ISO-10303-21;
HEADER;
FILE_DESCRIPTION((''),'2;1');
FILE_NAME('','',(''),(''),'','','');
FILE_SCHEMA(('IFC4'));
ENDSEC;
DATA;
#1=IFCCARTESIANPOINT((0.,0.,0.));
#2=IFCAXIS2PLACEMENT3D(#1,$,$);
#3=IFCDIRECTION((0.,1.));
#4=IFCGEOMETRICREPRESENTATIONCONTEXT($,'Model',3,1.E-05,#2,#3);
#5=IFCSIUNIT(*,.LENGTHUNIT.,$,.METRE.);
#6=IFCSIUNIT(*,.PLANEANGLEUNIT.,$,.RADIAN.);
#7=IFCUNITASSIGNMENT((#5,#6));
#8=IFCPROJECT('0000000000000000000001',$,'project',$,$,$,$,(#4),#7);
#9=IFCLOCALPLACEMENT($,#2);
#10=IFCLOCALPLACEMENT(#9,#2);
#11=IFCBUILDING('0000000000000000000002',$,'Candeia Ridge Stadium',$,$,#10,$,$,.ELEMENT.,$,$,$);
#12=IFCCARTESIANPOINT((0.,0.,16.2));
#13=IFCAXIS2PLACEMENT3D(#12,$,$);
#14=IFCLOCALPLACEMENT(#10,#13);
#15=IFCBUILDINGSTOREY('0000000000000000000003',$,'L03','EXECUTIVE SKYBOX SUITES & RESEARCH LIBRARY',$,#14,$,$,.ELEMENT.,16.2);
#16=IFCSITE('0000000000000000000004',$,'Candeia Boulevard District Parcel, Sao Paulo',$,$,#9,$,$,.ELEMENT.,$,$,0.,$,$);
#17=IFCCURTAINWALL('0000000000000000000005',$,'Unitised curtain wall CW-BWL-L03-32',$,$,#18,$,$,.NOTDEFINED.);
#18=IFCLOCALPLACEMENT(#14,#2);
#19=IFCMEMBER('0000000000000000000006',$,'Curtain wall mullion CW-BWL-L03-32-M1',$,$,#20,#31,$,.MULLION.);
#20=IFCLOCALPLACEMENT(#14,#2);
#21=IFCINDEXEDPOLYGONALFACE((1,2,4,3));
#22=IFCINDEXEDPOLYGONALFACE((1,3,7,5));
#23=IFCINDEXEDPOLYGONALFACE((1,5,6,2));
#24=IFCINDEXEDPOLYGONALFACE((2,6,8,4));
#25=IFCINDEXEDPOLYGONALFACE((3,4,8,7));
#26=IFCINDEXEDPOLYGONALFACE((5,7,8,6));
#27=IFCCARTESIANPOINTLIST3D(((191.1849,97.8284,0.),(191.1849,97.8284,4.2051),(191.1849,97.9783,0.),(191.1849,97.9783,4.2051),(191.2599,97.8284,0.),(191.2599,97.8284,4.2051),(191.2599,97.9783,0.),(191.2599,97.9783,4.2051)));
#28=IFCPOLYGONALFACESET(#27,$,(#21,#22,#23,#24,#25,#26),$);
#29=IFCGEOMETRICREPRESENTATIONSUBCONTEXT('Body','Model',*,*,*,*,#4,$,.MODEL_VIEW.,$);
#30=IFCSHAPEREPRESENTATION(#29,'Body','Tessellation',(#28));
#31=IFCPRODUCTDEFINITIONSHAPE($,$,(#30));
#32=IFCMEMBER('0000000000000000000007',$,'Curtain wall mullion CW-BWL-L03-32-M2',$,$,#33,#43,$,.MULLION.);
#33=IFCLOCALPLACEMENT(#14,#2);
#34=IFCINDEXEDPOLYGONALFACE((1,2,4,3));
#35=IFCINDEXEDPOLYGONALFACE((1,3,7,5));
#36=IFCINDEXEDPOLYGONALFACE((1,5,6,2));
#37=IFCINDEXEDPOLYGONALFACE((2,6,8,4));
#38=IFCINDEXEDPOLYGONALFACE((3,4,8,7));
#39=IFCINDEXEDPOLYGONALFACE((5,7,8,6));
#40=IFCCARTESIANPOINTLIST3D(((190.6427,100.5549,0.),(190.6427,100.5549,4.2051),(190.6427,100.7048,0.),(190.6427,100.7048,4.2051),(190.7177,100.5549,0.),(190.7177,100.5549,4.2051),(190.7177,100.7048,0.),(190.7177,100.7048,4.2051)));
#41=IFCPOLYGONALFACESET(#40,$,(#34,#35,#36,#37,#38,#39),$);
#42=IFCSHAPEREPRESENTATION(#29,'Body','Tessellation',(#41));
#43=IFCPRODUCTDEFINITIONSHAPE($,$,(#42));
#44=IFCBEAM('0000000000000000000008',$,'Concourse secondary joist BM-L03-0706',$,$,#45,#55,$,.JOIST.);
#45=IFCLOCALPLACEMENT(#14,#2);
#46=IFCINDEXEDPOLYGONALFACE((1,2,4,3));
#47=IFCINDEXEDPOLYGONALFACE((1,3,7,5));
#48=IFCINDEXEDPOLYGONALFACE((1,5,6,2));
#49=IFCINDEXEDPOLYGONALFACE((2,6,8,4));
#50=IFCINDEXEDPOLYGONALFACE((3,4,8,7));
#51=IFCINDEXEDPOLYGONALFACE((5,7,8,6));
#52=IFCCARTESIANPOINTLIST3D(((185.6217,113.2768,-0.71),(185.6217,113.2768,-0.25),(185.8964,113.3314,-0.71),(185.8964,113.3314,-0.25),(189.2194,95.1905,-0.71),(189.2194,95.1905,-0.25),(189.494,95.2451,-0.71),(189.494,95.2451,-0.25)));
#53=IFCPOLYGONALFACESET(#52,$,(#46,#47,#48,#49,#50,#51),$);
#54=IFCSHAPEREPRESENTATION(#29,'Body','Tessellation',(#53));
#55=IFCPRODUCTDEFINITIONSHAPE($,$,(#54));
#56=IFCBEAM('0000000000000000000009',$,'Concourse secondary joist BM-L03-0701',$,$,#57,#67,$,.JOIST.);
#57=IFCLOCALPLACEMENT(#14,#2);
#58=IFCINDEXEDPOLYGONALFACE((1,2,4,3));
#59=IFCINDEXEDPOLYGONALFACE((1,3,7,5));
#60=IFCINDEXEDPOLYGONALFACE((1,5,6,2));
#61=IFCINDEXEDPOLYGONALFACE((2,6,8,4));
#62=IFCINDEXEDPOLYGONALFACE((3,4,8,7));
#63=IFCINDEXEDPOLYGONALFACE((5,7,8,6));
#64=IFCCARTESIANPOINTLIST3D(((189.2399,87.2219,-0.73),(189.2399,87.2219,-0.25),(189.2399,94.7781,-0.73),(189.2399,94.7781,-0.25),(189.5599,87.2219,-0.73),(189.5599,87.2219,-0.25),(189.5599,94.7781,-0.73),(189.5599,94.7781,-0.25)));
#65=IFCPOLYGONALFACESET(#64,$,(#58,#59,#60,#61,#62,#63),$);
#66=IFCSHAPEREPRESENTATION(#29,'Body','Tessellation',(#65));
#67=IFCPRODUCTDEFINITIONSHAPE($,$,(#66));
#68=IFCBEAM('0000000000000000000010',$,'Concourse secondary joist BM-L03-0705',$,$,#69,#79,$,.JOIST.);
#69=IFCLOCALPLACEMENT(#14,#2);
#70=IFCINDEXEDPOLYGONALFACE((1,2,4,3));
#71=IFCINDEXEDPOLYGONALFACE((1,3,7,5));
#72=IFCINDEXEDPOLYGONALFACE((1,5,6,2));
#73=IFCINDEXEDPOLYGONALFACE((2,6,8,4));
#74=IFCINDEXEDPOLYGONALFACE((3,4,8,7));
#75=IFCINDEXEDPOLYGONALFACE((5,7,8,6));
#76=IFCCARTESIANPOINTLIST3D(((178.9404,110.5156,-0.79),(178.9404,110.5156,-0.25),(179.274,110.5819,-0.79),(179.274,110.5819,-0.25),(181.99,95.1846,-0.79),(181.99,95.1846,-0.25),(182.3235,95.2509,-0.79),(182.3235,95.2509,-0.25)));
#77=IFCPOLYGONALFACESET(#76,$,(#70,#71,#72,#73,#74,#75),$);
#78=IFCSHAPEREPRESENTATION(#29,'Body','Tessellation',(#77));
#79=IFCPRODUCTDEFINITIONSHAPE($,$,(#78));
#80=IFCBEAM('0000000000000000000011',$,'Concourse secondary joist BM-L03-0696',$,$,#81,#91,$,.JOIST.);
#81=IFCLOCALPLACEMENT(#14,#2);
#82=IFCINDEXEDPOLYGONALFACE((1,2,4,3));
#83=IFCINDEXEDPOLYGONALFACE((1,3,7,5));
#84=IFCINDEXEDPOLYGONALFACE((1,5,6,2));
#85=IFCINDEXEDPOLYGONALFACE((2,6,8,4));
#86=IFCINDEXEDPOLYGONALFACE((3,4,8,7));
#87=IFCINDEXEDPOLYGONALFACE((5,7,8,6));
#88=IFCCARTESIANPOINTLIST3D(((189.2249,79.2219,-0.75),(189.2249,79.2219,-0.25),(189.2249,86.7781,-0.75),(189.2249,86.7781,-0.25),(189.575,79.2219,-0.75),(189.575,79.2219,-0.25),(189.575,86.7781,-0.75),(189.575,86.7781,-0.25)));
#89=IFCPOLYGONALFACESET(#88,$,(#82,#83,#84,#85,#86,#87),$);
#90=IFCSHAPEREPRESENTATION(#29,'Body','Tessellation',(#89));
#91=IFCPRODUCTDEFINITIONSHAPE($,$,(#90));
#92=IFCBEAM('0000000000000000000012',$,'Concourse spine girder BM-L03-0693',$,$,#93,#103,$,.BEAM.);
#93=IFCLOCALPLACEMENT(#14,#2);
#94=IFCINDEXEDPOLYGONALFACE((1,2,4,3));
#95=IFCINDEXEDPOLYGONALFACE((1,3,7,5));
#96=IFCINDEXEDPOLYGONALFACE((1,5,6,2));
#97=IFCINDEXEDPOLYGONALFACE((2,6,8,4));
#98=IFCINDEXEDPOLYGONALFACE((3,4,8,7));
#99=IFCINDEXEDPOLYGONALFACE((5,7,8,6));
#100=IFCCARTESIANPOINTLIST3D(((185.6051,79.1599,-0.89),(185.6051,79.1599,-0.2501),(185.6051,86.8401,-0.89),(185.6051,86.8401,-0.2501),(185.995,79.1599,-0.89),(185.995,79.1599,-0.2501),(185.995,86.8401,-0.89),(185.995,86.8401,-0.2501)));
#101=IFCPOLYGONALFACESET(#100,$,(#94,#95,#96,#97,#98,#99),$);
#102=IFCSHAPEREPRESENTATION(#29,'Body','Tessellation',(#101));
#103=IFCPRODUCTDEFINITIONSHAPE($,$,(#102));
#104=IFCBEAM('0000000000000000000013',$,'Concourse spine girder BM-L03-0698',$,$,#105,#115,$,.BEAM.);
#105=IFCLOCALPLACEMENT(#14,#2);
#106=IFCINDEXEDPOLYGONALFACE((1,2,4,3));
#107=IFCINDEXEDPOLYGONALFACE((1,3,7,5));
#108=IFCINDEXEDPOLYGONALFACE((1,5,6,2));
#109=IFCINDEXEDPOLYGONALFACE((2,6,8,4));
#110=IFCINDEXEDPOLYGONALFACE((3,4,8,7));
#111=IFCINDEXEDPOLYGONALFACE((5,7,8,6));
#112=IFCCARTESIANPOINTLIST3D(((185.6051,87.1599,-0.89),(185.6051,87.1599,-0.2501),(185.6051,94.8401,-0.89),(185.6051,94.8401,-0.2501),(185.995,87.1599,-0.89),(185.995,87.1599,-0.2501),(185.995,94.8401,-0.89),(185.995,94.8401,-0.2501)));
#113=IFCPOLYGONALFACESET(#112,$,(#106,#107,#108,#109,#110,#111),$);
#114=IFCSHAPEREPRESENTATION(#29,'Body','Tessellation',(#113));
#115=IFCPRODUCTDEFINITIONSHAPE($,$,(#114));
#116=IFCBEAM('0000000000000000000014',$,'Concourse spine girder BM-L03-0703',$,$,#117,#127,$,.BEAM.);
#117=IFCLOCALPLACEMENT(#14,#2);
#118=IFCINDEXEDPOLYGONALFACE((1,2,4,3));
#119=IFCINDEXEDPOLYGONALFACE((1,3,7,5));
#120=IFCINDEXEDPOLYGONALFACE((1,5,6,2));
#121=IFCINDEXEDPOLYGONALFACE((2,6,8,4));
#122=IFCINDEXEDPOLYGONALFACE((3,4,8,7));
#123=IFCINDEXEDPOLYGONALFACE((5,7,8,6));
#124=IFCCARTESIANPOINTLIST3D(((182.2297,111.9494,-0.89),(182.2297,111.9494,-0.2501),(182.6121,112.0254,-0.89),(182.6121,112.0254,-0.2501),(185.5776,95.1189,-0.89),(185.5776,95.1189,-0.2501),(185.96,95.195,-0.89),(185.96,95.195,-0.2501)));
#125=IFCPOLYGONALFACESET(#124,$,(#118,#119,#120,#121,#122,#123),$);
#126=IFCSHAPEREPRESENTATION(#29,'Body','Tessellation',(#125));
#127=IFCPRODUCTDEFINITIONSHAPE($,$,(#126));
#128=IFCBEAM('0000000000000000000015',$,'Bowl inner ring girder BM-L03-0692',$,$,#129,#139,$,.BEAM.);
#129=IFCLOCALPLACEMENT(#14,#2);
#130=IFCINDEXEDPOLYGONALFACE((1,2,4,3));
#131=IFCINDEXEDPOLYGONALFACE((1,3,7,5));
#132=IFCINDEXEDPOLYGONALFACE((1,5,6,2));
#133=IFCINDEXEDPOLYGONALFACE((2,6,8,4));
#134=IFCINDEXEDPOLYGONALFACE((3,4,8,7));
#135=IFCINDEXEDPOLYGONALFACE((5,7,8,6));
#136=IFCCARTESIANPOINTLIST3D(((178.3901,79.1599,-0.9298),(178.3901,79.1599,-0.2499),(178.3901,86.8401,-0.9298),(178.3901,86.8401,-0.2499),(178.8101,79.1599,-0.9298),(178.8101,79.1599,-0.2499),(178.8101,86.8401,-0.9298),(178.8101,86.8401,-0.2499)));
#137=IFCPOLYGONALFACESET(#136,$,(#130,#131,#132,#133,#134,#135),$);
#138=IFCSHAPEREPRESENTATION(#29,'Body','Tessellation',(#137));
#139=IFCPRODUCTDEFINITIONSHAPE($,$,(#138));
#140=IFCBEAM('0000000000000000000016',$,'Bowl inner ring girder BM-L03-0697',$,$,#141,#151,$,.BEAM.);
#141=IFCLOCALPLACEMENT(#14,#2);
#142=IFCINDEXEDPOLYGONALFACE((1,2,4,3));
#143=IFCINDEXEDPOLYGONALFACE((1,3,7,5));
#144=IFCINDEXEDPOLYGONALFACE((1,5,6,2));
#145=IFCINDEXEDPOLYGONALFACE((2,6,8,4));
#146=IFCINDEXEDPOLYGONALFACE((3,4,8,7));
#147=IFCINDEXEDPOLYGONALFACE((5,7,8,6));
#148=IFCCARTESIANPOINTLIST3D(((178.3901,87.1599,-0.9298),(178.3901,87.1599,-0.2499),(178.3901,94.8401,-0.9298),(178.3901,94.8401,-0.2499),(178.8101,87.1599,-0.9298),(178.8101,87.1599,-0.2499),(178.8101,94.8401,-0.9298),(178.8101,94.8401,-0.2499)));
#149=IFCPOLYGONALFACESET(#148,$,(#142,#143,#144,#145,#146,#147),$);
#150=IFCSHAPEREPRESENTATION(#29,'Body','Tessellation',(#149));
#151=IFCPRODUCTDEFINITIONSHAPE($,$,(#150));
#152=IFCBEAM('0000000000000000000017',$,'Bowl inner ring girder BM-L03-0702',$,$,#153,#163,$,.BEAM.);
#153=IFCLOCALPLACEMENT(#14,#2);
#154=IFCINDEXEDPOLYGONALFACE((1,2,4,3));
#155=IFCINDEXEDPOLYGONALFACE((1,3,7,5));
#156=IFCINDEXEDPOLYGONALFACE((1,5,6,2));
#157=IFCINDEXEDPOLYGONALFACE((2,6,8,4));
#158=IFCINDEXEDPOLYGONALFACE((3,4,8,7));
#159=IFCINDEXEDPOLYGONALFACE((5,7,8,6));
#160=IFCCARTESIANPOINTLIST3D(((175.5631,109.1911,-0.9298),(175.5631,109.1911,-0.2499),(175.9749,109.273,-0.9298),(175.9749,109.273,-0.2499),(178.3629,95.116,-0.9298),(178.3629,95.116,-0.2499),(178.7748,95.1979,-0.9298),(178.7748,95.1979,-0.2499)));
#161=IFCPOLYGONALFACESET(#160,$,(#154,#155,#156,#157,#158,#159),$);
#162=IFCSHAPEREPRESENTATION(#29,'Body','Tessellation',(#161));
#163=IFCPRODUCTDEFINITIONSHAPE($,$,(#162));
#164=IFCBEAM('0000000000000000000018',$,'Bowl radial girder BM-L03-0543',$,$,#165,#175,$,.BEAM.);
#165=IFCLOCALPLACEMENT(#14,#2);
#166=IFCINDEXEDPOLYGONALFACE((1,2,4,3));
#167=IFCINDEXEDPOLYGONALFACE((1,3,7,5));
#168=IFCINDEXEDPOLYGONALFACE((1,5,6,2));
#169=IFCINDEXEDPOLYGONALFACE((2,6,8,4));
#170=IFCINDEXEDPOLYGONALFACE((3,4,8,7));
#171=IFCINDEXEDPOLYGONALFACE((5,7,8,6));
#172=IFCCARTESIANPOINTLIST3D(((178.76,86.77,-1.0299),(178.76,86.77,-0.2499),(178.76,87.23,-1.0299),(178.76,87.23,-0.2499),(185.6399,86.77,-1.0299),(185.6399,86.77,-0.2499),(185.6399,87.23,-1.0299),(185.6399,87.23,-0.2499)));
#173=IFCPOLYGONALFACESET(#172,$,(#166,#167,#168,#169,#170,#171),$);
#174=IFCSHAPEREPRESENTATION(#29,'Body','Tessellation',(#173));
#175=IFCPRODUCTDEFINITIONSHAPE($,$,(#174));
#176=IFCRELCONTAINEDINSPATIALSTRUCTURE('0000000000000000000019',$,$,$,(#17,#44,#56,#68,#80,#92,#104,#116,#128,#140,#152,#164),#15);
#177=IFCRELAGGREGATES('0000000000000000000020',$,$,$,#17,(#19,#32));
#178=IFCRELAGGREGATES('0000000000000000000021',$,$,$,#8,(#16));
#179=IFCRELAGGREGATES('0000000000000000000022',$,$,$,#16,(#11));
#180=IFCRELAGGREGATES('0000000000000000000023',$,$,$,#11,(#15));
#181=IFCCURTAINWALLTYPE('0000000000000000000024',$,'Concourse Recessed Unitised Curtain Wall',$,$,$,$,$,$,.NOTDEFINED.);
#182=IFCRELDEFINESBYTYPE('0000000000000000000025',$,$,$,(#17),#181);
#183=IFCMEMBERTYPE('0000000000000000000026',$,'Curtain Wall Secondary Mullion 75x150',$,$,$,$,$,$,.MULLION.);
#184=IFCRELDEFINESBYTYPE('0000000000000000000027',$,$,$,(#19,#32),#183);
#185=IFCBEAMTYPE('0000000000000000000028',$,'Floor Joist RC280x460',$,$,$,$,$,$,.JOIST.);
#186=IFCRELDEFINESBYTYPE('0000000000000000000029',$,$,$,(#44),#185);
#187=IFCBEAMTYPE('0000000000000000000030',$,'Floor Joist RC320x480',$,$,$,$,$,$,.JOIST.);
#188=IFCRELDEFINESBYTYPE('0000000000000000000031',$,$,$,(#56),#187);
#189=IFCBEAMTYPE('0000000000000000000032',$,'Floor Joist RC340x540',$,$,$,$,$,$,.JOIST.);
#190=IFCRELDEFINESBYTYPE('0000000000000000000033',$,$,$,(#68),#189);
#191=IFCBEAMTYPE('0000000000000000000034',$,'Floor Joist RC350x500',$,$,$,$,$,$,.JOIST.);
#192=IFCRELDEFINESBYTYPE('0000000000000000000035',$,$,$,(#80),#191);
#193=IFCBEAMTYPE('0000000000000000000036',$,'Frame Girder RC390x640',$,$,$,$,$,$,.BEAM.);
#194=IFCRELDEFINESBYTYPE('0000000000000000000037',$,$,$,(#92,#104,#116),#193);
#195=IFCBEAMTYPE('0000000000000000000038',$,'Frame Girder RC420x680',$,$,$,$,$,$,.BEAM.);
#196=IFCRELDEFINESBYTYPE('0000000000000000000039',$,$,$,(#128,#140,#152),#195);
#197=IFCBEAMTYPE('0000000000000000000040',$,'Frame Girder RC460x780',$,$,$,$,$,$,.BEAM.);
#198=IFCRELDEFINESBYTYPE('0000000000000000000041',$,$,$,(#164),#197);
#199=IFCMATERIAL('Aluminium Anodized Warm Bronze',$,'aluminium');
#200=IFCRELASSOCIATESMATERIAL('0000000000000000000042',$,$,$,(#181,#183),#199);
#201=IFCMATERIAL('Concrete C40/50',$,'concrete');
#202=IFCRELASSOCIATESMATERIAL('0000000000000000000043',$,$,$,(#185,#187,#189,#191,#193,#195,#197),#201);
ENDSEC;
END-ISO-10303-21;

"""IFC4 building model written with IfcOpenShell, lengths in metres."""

from ifc_helpers import new_model, si_unit, direction, frame, origin, origin_2d, place, context, subcontext, project, spatial, rectangle, extrude, material, material_profile, profile_set, type_object, element, aggregate, save


model = new_model("IFC4")

# Units and contexts
model_context = context("Model", 3, precision=1e-05, world=origin(), true_north=direction((0.0, 1.0)))
body_context = subcontext(model_context, "Body", "Model", "MODEL_VIEW")
ifc_project = project(units=[si_unit("LENGTHUNIT", "METRE"), si_unit("PLANEANGLEUNIT", "RADIAN")], contexts=[model_context])

# Site, building, storey
site_placement = place(None, origin())
site = spatial("IfcSite", under=ifc_project, at=site_placement, Name="Candeia Boulevard District Parcel, Sao Paulo", CompositionType="ELEMENT", RefElevation=0.0)
building_placement = place(site_placement, origin())
building = spatial("IfcBuilding", under=site, at=building_placement, Name="Candeia Ridge Stadium", CompositionType="ELEMENT")
storey_placement = place(building_placement, frame((0.0, 0.0, 16.2)))
storey = spatial("IfcBuildingStorey", under=building, at=storey_placement, Name="L03", Description="EXECUTIVE SKYBOX SUITES & RESEARCH LIBRARY", CompositionType="ELEMENT", Elevation=16.2)

# Shared definitions
ifc_material_1 = material(Name="Concrete C40/50", Category="concrete")

# Curtain wall, members
ifc_material_2 = material(Name="Aluminium Anodized Warm Bronze", Category="aluminium")
curtain_wall_type = type_object("IfcCurtainWallType", Name="Concourse Recessed Unitised Curtain Wall", PredefinedType="NOTDEFINED", material=ifc_material_2)
curtain_wall_placement = place(storey_placement, origin())
curtain_wall = element("IfcCurtainWall", 1, at=curtain_wall_placement, inside=storey, type_object=curtain_wall_type, Name="Unitised curtain wall CW-BWL-L03-32", PredefinedType="NOTDEFINED")
ifc_material_profile_1 = material_profile(ifc_material_2, rectangle(XDim=0.075, YDim=0.1499, at=origin_2d()), Name="CWM-75x150", Category="aluminium")
ifc_profile_set_1 = profile_set([ifc_material_profile_1], Name="Aluminium Anodized Warm Bronze")
member_type = type_object("IfcMemberType", Name="Curtain Wall Secondary Mullion 75x150", PredefinedType="MULLION", material=ifc_profile_set_1)
member_1_placement = place(storey_placement, frame((191.2224, 97.9033, 0.0), z_axis=(0.0, 0.0, 1.0), x_axis=(1.0, 0.0, 0.0)))
member_1 = element("IfcMember", 2, at=member_1_placement, type_object=member_type, Name="Curtain wall mullion CW-BWL-L03-32-M1", PredefinedType="MULLION", context=body_context, shape_type="SweptSolid", body=[
    extrude(rectangle(XDim=0.075, YDim=0.1499, at=origin_2d()), origin(), (0.0, 0.0, 1.0), 4.2051),
])
member_2_placement = place(storey_placement, frame((190.6802, 100.6299, 0.0), z_axis=(0.0, 0.0, 1.0), x_axis=(1.0, 0.0, 0.0)))
member_2 = element("IfcMember", 3, at=member_2_placement, type_object=member_type, Name="Curtain wall mullion CW-BWL-L03-32-M2", PredefinedType="MULLION", context=body_context, shape_type="SweptSolid", body=[
    extrude(rectangle(XDim=0.075, YDim=0.1499, at=origin_2d()), origin(), (0.0, 0.0, 1.0), 4.2051),
])

# Beams
ifc_material_profile_2 = material_profile(ifc_material_1, rectangle(XDim=0.28, YDim=0.46, at=origin_2d()), Name="RC280x460", Category="concrete")
ifc_profile_set_2 = profile_set([ifc_material_profile_2], Name="Concrete C40/50")
beam_type_1 = type_object("IfcBeamType", Name="Floor Joist RC280x460", PredefinedType="JOIST", material=ifc_profile_set_2)
beam_1_placement = place(storey_placement, frame((189.3567, 95.2178, -0.48), z_axis=(-0.195093, 0.980785, 0.0), x_axis=(-0.980785, -0.195093, 0.0)))
element("IfcBeam", 4, at=beam_1_placement, inside=storey, type_object=beam_type_1, Name="Concourse secondary joist BM-L03-0706", PredefinedType="JOIST", context=body_context, shape_type="SweptSolid", body=[
    extrude(rectangle(XDim=0.28, YDim=0.46, at=origin_2d()), origin(), (0.0, 0.0, 1.0), 18.4407),
])
ifc_material_profile_3 = material_profile(ifc_material_1, rectangle(XDim=0.3201, YDim=0.48, at=origin_2d()), Name="RC320x480", Category="concrete")
ifc_profile_set_3 = profile_set([ifc_material_profile_3], Name="Concrete C40/50")
beam_type_2 = type_object("IfcBeamType", Name="Floor Joist RC320x480", PredefinedType="JOIST", material=ifc_profile_set_3)
beam_2_placement = place(storey_placement, frame((189.3999, 87.2219, -0.49), z_axis=(0.0, 1.0, 0.0), x_axis=(-1.0, 0.0, 0.0)))
element("IfcBeam", 5, at=beam_2_placement, inside=storey, type_object=beam_type_2, Name="Concourse secondary joist BM-L03-0701", PredefinedType="JOIST", context=body_context, shape_type="SweptSolid", body=[
    extrude(rectangle(XDim=0.3201, YDim=0.48, at=origin_2d()), origin(), (0.0, 0.0, 1.0), 7.5562),
])
ifc_material_profile_4 = material_profile(ifc_material_1, rectangle(XDim=0.3401, YDim=0.54, at=origin_2d()), Name="RC340x540", Category="concrete")
ifc_profile_set_4 = profile_set([ifc_material_profile_4], Name="Concrete C40/50")
beam_type_3 = type_object("IfcBeamType", Name="Floor Joist RC340x540", PredefinedType="JOIST", material=ifc_profile_set_4)
beam_3_placement = place(storey_placement, frame((182.1567, 95.2178, -0.52), z_axis=(-0.195092, 0.980785, 0.0), x_axis=(-0.980785, -0.195092, 0.0)))
element("IfcBeam", 6, at=beam_3_placement, inside=storey, type_object=beam_type_3, Name="Concourse secondary joist BM-L03-0705", PredefinedType="JOIST", context=body_context, shape_type="SweptSolid", body=[
    extrude(rectangle(XDim=0.3401, YDim=0.54, at=origin_2d()), origin(), (0.0, 0.0, 1.0), 15.6313),
])
ifc_material_profile_5 = material_profile(ifc_material_1, rectangle(XDim=0.3501, YDim=0.5, at=origin_2d()), Name="RC350x500", Category="concrete")
ifc_profile_set_5 = profile_set([ifc_material_profile_5], Name="Concrete C40/50")
beam_type_4 = type_object("IfcBeamType", Name="Floor Joist RC350x500", PredefinedType="JOIST", material=ifc_profile_set_5)
beam_4_placement = place(storey_placement, frame((189.3999, 79.2219, -0.5), z_axis=(0.0, 1.0, 0.0), x_axis=(-1.0, 0.0, 0.0)))
element("IfcBeam", 7, at=beam_4_placement, inside=storey, type_object=beam_type_4, Name="Concourse secondary joist BM-L03-0696", PredefinedType="JOIST", context=body_context, shape_type="SweptSolid", body=[
    extrude(rectangle(XDim=0.3501, YDim=0.5, at=origin_2d()), origin(), (0.0, 0.0, 1.0), 7.5562),
])
ifc_material_profile_6 = material_profile(ifc_material_1, rectangle(XDim=0.3899, YDim=0.6399, at=origin_2d()), Name="RC390x640", Category="concrete")
ifc_profile_set_6 = profile_set([ifc_material_profile_6], Name="Concrete C40/50")
beam_type_5 = type_object("IfcBeamType", Name="Frame Girder RC390x640", PredefinedType="BEAM", material=ifc_profile_set_6)
for number, where, z_axis, x_axis, name in (
    (8, (185.8, 79.1599, -0.5701), (0.0, 1.0, 0.0), (-1.0, 0.0, 0.0), "Concourse spine girder BM-L03-0693"),
    (9, (185.8, 87.1599, -0.5701), (0.0, 1.0, 0.0), (-1.0, 0.0, 0.0), "Concourse spine girder BM-L03-0698"),
):
    element("IfcBeam", number, at=place(storey_placement, frame(where, z_axis=z_axis, x_axis=x_axis)), inside=storey, type_object=beam_type_5, Name=name, PredefinedType="BEAM", context=body_context, shape_type="SweptSolid", body=[
        extrude(rectangle(XDim=0.3899, YDim=0.6399, at=origin_2d()), origin(), (0.0, 0.0, 1.0), 7.6802),
    ])
beam_5_placement = place(storey_placement, frame((185.7688, 95.157, -0.5701), z_axis=(-0.195098, 0.980784, 0.0), x_axis=(-0.980784, -0.195098, 0.0)))
element("IfcBeam", 10, at=beam_5_placement, inside=storey, type_object=beam_type_5, Name="Concourse spine girder BM-L03-0703", PredefinedType="BEAM", context=body_context, shape_type="SweptSolid", body=[
    extrude(rectangle(XDim=0.3899, YDim=0.6399, at=origin_2d()), origin(), (0.0, 0.0, 1.0), 17.1602),
])
ifc_material_profile_7 = material_profile(ifc_material_1, rectangle(XDim=0.4199, YDim=0.6799, at=origin_2d()), Name="RC420x680", Category="concrete")
ifc_profile_set_7 = profile_set([ifc_material_profile_7], Name="Concrete C40/50")
beam_type_6 = type_object("IfcBeamType", Name="Frame Girder RC420x680", PredefinedType="BEAM", material=ifc_profile_set_7)
for number, where, z_axis, x_axis, name in (
    (11, (178.6001, 79.1599, -0.5898), (0.0, 1.0, 0.0), (-1.0, 0.0, 0.0), "Bowl inner ring girder BM-L03-0692"),
    (12, (178.6001, 87.1599, -0.5898), (0.0, 1.0, 0.0), (-1.0, 0.0, 0.0), "Bowl inner ring girder BM-L03-0697"),
):
    element("IfcBeam", number, at=place(storey_placement, frame(where, z_axis=z_axis, x_axis=x_axis)), inside=storey, type_object=beam_type_6, Name=name, PredefinedType="BEAM", context=body_context, shape_type="SweptSolid", body=[
        extrude(rectangle(XDim=0.4199, YDim=0.6799, at=origin_2d()), origin(), (0.0, 0.0, 1.0), 7.6802),
    ])
beam_6_placement = place(storey_placement, frame((178.5688, 95.157, -0.5898), z_axis=(-0.195099, 0.980784, 0.0), x_axis=(-0.980784, -0.195099, 0.0)))
element("IfcBeam", 13, at=beam_6_placement, inside=storey, type_object=beam_type_6, Name="Bowl inner ring girder BM-L03-0702", PredefinedType="BEAM", context=body_context, shape_type="SweptSolid", body=[
    extrude(rectangle(XDim=0.4199, YDim=0.6799, at=origin_2d()), origin(), (0.0, 0.0, 1.0), 14.3508),
])
ifc_material_profile_8 = material_profile(ifc_material_1, rectangle(XDim=0.46, YDim=0.78, at=origin_2d()), Name="RC460x780", Category="concrete")
ifc_profile_set_8 = profile_set([ifc_material_profile_8], Name="Concrete C40/50")
beam_type_7 = type_object("IfcBeamType", Name="Frame Girder RC460x780", PredefinedType="BEAM", material=ifc_profile_set_8)
beam_7_placement = place(storey_placement, frame((178.76, 87.0, -0.6399), z_axis=(1.0, 0.0, 0.0), x_axis=(0.0, 1.0, 0.0)))
element("IfcBeam", 14, at=beam_7_placement, inside=storey, type_object=beam_type_7, Name="Bowl radial girder BM-L03-0543", PredefinedType="BEAM", context=body_context, shape_type="SweptSolid", body=[
    extrude(rectangle(XDim=0.46, YDim=0.78, at=origin_2d()), origin(), (0.0, 0.0, 1.0), 6.8799),
])

aggregate(curtain_wall, [member_1, member_2])

save(model, "model.ifc")
